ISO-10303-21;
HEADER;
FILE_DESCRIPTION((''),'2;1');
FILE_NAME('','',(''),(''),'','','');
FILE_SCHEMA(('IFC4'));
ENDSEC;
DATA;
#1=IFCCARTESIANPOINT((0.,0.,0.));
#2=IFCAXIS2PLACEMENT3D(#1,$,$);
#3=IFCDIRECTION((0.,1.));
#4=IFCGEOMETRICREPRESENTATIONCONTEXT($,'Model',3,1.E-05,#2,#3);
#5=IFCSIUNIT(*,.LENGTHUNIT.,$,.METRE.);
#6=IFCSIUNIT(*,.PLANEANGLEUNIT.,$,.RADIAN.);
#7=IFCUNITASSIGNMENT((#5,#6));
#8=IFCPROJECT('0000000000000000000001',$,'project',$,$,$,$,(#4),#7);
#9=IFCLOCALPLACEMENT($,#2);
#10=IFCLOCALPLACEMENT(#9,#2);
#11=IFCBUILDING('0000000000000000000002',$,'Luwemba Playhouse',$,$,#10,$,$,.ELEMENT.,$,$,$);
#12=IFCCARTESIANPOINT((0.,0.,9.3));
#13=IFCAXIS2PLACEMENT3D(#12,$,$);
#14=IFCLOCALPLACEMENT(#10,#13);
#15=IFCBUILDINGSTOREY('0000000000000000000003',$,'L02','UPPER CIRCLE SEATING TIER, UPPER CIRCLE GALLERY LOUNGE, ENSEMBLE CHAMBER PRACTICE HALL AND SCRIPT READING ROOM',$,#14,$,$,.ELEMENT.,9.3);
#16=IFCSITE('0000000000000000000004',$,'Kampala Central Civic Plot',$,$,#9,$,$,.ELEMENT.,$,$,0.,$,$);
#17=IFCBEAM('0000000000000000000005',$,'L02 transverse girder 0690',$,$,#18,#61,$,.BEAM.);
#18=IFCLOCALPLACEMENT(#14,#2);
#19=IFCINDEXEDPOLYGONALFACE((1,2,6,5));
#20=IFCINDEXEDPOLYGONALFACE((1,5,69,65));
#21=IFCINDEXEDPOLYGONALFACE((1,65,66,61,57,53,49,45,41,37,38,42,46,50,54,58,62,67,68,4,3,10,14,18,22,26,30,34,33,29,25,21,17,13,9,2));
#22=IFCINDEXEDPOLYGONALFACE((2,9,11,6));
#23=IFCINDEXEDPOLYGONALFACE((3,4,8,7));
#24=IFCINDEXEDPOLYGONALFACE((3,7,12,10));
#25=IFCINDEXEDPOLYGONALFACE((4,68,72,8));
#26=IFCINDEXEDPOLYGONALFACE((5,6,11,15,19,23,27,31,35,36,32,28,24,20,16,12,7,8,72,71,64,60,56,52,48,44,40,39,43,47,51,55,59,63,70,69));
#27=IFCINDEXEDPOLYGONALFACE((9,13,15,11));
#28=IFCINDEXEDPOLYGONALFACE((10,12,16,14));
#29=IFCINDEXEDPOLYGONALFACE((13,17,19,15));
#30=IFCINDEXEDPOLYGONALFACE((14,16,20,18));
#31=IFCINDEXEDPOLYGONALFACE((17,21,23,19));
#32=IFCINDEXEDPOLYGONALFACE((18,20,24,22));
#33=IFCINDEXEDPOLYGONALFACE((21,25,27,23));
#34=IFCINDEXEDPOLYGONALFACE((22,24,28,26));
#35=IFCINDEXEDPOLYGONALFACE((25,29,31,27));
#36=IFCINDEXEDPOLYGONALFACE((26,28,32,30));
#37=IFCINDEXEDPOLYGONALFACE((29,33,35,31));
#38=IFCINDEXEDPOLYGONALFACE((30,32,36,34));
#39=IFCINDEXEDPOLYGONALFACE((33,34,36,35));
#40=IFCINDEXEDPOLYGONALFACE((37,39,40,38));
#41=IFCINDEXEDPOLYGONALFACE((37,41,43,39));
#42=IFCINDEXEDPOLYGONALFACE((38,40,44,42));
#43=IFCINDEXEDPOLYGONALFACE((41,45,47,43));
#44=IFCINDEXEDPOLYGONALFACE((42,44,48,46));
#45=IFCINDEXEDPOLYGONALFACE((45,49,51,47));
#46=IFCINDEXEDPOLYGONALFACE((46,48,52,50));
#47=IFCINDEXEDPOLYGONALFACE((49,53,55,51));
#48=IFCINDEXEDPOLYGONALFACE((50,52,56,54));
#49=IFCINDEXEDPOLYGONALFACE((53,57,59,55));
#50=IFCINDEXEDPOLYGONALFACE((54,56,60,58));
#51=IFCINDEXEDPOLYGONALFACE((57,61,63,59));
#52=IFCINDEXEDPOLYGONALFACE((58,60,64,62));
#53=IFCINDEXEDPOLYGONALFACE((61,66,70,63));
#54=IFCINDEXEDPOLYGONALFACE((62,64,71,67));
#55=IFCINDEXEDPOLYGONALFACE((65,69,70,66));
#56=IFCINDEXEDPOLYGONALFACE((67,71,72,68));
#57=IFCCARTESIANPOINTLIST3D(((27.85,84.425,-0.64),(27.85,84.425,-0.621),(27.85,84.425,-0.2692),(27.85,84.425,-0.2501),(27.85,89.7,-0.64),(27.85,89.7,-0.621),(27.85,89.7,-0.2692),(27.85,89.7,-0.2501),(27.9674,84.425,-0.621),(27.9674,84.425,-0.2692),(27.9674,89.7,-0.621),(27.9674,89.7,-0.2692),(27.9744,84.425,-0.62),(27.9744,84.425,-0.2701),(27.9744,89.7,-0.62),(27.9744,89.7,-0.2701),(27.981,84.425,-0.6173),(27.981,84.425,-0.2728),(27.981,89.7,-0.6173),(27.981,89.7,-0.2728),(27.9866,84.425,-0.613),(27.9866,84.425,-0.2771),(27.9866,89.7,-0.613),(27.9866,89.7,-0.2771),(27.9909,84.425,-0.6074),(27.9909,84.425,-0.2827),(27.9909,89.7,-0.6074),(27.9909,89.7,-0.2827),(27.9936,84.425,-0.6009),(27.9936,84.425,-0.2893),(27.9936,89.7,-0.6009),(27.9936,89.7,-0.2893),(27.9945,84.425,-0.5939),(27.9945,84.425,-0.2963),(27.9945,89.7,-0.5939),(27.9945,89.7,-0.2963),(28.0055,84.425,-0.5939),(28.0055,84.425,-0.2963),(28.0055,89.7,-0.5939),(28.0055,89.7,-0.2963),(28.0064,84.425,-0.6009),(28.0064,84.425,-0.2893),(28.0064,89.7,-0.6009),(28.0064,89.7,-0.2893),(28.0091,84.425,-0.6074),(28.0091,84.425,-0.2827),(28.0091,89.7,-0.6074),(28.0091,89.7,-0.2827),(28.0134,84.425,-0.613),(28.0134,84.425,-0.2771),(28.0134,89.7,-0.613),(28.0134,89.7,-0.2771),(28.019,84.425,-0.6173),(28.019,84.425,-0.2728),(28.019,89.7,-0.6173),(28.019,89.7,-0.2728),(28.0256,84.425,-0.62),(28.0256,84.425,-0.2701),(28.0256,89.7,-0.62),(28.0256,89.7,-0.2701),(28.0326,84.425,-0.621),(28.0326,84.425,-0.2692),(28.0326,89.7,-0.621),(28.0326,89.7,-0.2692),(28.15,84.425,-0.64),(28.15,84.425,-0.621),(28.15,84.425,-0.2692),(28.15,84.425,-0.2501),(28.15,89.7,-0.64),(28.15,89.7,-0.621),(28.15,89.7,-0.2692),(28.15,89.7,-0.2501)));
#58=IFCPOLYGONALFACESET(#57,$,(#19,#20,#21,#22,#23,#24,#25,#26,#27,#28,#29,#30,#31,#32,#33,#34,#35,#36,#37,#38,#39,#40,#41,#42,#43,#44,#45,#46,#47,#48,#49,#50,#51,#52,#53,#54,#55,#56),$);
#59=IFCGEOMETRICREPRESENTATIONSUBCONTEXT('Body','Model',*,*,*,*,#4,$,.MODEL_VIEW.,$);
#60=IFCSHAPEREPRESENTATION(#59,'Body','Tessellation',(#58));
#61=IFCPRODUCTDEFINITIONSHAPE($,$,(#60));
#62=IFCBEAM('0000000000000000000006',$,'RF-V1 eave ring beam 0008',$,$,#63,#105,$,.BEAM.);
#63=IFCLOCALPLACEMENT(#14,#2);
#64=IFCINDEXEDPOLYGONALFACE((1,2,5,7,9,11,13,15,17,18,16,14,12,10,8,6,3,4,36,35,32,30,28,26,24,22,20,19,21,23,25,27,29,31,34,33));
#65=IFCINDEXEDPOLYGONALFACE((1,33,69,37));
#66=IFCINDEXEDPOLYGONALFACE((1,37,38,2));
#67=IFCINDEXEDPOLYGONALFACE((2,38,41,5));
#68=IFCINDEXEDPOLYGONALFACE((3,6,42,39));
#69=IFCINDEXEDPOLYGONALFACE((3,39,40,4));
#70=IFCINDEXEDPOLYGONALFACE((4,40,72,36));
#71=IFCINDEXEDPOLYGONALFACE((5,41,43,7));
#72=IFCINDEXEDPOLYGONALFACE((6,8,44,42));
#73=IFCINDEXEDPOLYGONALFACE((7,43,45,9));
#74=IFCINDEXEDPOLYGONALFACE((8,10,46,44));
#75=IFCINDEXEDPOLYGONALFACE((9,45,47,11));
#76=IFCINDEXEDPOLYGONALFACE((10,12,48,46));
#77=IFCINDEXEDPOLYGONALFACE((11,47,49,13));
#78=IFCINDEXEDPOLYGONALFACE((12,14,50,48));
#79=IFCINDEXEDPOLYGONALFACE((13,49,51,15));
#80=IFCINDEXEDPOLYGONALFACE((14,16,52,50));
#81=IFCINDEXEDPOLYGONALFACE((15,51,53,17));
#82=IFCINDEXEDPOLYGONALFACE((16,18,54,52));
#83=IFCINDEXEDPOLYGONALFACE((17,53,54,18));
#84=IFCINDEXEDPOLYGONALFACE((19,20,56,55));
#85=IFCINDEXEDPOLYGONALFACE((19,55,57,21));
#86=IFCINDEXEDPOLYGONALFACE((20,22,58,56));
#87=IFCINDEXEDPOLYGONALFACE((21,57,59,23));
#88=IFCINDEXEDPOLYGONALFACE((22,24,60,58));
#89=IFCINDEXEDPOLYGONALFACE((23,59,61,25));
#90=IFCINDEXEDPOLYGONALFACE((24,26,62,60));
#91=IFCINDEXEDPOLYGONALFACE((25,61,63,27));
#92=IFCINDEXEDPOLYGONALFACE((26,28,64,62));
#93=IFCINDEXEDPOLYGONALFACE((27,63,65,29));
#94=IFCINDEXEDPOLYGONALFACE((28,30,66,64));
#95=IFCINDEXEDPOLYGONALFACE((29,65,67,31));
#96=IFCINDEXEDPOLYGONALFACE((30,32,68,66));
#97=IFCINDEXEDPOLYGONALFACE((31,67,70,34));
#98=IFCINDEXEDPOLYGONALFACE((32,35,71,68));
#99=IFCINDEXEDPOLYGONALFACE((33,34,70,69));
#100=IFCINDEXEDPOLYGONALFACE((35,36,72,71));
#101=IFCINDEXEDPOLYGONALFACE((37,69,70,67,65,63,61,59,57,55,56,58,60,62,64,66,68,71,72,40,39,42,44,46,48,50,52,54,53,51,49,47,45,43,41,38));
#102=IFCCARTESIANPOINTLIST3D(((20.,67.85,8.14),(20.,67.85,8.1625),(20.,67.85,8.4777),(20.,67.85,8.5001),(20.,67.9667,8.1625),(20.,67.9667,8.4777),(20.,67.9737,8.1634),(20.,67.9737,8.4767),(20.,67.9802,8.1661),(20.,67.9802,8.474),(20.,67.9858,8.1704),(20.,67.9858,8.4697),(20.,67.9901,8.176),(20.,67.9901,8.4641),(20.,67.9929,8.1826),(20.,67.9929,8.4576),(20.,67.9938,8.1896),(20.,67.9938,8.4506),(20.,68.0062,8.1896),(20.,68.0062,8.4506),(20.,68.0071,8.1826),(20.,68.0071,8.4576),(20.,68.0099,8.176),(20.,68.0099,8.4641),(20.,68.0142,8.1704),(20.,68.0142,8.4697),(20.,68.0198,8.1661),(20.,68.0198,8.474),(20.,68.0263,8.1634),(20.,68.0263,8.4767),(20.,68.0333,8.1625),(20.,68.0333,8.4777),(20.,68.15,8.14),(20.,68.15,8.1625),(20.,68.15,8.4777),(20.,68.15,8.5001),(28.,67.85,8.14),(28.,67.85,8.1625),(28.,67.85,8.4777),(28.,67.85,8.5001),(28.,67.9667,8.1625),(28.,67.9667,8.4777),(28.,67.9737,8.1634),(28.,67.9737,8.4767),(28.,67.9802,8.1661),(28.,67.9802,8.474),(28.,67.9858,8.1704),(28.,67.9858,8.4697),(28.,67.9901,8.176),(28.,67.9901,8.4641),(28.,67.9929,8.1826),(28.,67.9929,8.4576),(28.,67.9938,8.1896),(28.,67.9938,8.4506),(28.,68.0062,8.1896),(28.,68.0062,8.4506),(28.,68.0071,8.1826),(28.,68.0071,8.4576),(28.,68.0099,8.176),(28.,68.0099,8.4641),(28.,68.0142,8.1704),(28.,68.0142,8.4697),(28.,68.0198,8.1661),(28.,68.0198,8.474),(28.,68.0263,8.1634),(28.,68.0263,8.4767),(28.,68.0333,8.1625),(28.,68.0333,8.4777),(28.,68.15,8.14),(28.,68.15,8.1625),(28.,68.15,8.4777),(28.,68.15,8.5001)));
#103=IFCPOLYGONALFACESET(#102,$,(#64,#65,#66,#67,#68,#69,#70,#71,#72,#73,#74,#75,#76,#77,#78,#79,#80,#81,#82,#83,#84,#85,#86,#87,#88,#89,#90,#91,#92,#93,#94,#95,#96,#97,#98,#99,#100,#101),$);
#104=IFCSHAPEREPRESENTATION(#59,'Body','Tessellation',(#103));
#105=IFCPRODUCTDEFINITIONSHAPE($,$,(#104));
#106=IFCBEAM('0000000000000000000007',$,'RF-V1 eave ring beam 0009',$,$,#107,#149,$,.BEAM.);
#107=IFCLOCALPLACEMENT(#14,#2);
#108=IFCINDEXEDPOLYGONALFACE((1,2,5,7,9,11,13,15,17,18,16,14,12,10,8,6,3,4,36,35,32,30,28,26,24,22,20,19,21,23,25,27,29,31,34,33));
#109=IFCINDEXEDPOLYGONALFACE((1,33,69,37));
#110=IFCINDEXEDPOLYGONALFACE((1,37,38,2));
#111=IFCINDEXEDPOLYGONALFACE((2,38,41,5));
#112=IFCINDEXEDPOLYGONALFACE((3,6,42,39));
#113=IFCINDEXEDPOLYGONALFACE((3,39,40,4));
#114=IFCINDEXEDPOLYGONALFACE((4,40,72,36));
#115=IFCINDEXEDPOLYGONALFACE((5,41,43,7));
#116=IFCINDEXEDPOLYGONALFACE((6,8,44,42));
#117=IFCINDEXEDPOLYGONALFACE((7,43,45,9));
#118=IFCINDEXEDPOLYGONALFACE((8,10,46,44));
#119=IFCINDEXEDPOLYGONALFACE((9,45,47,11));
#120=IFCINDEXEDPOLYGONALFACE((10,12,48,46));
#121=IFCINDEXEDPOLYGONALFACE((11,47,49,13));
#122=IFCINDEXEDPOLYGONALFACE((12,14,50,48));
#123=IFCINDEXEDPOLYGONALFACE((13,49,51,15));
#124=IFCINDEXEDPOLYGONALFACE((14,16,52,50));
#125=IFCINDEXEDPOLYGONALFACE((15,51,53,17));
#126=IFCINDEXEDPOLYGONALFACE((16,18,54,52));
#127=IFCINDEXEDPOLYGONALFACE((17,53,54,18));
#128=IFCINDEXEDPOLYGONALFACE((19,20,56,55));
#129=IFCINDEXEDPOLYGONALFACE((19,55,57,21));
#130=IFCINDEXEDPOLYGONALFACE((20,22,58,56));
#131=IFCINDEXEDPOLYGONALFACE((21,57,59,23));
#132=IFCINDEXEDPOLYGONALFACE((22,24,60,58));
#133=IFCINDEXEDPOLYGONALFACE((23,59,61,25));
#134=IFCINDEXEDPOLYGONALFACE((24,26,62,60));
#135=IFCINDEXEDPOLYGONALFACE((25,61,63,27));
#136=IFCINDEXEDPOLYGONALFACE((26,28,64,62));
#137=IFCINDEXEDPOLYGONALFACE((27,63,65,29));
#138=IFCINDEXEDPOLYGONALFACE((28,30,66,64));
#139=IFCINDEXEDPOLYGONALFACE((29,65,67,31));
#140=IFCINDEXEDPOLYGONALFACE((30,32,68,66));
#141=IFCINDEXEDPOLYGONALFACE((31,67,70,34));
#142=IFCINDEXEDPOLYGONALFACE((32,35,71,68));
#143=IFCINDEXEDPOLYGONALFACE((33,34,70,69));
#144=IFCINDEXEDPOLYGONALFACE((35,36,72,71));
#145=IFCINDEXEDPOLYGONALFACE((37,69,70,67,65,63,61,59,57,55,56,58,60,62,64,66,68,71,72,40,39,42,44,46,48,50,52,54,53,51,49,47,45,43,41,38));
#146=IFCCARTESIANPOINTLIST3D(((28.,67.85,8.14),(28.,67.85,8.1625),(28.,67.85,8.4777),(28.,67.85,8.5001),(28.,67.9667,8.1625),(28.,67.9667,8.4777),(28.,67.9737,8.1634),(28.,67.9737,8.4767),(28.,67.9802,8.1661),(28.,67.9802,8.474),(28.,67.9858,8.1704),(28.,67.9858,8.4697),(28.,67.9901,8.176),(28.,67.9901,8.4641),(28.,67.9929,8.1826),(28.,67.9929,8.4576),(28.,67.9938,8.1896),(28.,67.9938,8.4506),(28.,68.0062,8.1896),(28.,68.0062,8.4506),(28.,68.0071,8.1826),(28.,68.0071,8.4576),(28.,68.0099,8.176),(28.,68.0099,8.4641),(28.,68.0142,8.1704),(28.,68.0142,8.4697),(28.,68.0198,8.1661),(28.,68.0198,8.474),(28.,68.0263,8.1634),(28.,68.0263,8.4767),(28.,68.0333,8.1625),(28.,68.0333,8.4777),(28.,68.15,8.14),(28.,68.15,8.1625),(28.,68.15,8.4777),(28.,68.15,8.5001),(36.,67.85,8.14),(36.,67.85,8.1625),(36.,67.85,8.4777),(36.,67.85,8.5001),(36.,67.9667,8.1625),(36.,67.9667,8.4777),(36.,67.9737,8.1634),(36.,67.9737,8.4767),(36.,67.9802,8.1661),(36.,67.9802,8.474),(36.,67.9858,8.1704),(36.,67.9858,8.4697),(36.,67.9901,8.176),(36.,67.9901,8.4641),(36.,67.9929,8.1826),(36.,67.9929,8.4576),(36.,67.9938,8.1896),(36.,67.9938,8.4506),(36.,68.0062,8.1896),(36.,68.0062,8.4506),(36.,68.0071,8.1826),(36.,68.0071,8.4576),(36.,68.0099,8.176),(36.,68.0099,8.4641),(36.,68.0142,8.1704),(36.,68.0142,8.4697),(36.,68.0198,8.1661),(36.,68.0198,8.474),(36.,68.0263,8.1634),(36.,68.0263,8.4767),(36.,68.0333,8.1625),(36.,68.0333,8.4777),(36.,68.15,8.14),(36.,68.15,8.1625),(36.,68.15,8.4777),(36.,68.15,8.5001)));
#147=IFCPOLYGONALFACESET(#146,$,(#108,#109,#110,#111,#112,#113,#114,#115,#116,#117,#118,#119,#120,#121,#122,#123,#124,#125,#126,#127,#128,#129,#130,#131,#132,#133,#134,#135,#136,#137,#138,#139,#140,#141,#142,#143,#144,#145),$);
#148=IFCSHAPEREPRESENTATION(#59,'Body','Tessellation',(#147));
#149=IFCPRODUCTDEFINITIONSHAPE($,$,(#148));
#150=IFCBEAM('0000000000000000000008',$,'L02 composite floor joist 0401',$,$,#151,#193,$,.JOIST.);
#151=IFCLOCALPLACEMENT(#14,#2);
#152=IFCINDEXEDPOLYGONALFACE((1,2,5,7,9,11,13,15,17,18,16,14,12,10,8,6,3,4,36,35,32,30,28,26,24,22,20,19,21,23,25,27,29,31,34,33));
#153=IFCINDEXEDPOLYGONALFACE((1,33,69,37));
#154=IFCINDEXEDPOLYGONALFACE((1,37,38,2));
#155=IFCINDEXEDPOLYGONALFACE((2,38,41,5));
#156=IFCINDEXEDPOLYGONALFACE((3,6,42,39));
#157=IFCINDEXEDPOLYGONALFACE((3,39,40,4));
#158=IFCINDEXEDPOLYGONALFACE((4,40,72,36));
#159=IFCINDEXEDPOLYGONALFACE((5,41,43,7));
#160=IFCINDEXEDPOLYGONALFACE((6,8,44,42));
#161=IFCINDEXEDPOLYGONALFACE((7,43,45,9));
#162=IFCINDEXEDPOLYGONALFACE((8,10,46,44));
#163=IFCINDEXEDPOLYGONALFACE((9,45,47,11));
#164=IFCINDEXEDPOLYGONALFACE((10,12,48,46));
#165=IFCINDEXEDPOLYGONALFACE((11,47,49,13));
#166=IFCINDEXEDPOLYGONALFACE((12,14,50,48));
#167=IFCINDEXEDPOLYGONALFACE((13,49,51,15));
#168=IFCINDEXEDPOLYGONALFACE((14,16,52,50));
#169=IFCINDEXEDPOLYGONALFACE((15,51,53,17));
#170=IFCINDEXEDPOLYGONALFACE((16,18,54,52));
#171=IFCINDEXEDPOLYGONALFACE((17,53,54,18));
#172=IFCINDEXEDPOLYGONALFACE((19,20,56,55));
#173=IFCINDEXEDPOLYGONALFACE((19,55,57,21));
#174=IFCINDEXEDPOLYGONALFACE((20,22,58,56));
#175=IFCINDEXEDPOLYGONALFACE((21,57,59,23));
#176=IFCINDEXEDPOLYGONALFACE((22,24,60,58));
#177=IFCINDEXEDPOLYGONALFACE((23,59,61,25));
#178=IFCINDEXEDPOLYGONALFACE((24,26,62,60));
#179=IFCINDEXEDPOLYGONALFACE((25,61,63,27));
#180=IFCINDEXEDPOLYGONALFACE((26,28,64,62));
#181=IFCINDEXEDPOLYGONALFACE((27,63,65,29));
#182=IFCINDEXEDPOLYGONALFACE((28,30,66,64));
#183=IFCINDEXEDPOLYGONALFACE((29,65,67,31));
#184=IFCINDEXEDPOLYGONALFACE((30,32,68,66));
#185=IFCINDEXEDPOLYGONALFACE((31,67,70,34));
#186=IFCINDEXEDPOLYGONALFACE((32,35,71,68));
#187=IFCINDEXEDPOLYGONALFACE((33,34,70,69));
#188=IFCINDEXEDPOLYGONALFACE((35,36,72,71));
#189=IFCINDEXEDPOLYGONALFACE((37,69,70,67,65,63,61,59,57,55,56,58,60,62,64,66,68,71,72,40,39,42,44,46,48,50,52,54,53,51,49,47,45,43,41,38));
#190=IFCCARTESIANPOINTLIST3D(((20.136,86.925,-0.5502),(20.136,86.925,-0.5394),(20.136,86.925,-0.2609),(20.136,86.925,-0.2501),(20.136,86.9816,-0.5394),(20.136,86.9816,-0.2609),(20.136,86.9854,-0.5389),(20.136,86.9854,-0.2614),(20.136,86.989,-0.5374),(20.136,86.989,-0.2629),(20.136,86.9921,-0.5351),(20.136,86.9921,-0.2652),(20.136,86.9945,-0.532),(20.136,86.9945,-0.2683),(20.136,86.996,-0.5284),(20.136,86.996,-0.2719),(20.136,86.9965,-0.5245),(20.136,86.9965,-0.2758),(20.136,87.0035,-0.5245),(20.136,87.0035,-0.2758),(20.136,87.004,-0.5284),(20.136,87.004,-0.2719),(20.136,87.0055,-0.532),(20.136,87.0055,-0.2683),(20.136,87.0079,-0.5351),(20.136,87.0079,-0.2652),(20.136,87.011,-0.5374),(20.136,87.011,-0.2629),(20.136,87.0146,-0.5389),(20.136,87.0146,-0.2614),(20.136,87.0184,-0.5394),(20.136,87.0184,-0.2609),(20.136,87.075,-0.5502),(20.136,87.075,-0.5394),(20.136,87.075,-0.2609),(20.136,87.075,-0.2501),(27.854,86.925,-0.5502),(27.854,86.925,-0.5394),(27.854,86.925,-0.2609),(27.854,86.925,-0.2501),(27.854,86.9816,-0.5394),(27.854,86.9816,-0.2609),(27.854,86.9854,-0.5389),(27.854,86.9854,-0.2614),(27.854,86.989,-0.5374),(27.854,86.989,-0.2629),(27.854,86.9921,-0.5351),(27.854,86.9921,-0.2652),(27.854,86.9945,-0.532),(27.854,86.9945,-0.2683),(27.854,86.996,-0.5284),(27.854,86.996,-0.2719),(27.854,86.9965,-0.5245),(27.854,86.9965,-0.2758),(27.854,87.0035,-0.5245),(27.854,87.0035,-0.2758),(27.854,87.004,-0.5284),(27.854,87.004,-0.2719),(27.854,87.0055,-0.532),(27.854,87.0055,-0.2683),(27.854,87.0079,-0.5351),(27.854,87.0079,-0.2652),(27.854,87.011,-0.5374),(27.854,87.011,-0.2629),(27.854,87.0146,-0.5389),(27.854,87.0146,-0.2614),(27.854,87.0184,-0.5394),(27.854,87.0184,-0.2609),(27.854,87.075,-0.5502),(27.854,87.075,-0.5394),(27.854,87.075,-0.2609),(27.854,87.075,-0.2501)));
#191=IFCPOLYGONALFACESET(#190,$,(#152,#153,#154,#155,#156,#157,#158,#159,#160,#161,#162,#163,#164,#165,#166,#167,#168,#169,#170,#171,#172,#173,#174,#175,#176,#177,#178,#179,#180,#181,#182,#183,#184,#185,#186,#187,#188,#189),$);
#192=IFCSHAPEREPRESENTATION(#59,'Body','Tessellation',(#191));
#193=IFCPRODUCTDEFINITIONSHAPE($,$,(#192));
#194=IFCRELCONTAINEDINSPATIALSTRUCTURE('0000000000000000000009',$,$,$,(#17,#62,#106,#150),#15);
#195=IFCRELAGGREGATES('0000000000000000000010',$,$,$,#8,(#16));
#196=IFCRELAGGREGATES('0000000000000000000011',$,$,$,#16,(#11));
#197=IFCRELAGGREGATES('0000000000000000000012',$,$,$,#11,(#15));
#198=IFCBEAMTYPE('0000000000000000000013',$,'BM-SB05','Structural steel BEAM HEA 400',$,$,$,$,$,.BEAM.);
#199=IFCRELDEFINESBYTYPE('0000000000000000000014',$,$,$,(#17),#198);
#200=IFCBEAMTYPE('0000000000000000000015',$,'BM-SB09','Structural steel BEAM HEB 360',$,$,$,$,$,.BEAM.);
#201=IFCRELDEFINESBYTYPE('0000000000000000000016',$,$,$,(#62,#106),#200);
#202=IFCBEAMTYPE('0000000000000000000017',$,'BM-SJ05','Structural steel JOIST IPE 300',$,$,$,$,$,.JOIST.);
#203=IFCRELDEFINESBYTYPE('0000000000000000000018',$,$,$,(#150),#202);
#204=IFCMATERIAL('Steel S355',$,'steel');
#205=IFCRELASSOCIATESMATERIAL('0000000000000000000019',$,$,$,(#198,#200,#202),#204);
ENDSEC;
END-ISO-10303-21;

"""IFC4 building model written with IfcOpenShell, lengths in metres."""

from ifc_helpers import new_model, si_unit, direction, frame, origin, origin_2d, place, context, subcontext, project, spatial, i_section, extrude, material, material_profile, profile_set, type_object, element, save


model = new_model("IFC4")

# Units and contexts
model_context = context("Model", 3, precision=1e-05, world=origin(), true_north=direction((0.0, 1.0)))
body_context = subcontext(model_context, "Body", "Model", "MODEL_VIEW")
ifc_project = project(units=[si_unit("LENGTHUNIT", "METRE"), si_unit("PLANEANGLEUNIT", "RADIAN")], contexts=[model_context])

# Site, building, storey
site_placement = place(None, origin())
site = spatial("IfcSite", under=ifc_project, at=site_placement, Name="Kampala Central Civic Plot", CompositionType="ELEMENT", RefElevation=0.0)
building_placement = place(site_placement, origin())
building = spatial("IfcBuilding", under=site, at=building_placement, Name="Luwemba Playhouse", CompositionType="ELEMENT")
storey_placement = place(building_placement, frame((0.0, 0.0, 9.3)))
storey = spatial("IfcBuildingStorey", under=building, at=storey_placement, Name="L02", Description="UPPER CIRCLE SEATING TIER, UPPER CIRCLE GALLERY LOUNGE, ENSEMBLE CHAMBER PRACTICE HALL AND SCRIPT READING ROOM", CompositionType="ELEMENT", Elevation=9.3)

# Beams
ifc_material_1 = material(Name="Steel S355", Category="steel")
ifc_material_profile_1 = material_profile(ifc_material_1, i_section(OverallWidth=0.3, OverallDepth=0.3899, WebThickness=0.011, FlangeThickness=0.019, FilletRadius=0.0271, at=origin_2d()))
ifc_profile_set_1 = profile_set([ifc_material_profile_1], Name="Steel S355")
beam_type_1 = type_object("IfcBeamType", Name="BM-SB05", Description="Structural steel BEAM HEA 400", PredefinedType="BEAM", material=ifc_profile_set_1)
beam_1_placement = place(storey_placement, frame((28.0, 84.425, -0.4451), z_axis=(0.0, 1.0, 0.0), x_axis=(-1.0, 0.0, 0.0)))
element("IfcBeam", 1, at=beam_1_placement, inside=storey, type_object=beam_type_1, Name="L02 transverse girder 0690", PredefinedType="BEAM", context=body_context, shape_type="SweptSolid", body=[
    extrude(i_section(OverallWidth=0.3, OverallDepth=0.3899, WebThickness=0.011, FlangeThickness=0.019, FilletRadius=0.0271, at=origin_2d()), origin(), (0.0, 0.0, 1.0), 5.2749),
])
ifc_material_profile_2 = material_profile(ifc_material_1, i_section(OverallWidth=0.3, OverallDepth=0.3601, WebThickness=0.0125, FlangeThickness=0.0225, FilletRadius=0.0271, at=origin_2d()))
ifc_profile_set_2 = profile_set([ifc_material_profile_2], Name="Steel S355")
beam_type_2 = type_object("IfcBeamType", Name="BM-SB09", Description="Structural steel BEAM HEB 360", PredefinedType="BEAM", material=ifc_profile_set_2)
for number, where, z_axis, x_axis, name in (
    (2, (20.0, 68.0, 8.3201), (1.0, 0.0, 0.0), (0.0, 1.0, 0.0), "RF-V1 eave ring beam 0008"),
    (3, (28.0, 68.0, 8.3201), (1.0, 0.0, 0.0), (0.0, 1.0, 0.0), "RF-V1 eave ring beam 0009"),
):
    element("IfcBeam", number, at=place(storey_placement, frame(where, z_axis=z_axis, x_axis=x_axis)), inside=storey, type_object=beam_type_2, Name=name, PredefinedType="BEAM", context=body_context, shape_type="SweptSolid", body=[
        extrude(i_section(OverallWidth=0.3, OverallDepth=0.3601, WebThickness=0.0125, FlangeThickness=0.0225, FilletRadius=0.0271, at=origin_2d()), origin(), (0.0, 0.0, 1.0), 8.0),
    ])
ifc_material_profile_3 = material_profile(ifc_material_1, i_section(OverallWidth=0.1499, OverallDepth=0.3, WebThickness=0.0071, FlangeThickness=0.0107, FilletRadius=0.0149, at=origin_2d()))
ifc_profile_set_3 = profile_set([ifc_material_profile_3], Name="Steel S355")
beam_type_3 = type_object("IfcBeamType", Name="BM-SJ05", Description="Structural steel JOIST IPE 300", PredefinedType="JOIST", material=ifc_profile_set_3)
beam_2_placement = place(storey_placement, frame((20.136, 87.0, -0.4001), z_axis=(1.0, 0.0, 0.0), x_axis=(0.0, 1.0, 0.0)))
element("IfcBeam", 4, at=beam_2_placement, inside=storey, type_object=beam_type_3, Name="L02 composite floor joist 0401", PredefinedType="JOIST", context=body_context, shape_type="SweptSolid", body=[
    extrude(i_section(OverallWidth=0.1499, OverallDepth=0.3, WebThickness=0.0071, FlangeThickness=0.0107, FilletRadius=0.0149, at=origin_2d()), origin(), (0.0, 0.0, 1.0), 7.718),
])

save(model, "model.ifc")
